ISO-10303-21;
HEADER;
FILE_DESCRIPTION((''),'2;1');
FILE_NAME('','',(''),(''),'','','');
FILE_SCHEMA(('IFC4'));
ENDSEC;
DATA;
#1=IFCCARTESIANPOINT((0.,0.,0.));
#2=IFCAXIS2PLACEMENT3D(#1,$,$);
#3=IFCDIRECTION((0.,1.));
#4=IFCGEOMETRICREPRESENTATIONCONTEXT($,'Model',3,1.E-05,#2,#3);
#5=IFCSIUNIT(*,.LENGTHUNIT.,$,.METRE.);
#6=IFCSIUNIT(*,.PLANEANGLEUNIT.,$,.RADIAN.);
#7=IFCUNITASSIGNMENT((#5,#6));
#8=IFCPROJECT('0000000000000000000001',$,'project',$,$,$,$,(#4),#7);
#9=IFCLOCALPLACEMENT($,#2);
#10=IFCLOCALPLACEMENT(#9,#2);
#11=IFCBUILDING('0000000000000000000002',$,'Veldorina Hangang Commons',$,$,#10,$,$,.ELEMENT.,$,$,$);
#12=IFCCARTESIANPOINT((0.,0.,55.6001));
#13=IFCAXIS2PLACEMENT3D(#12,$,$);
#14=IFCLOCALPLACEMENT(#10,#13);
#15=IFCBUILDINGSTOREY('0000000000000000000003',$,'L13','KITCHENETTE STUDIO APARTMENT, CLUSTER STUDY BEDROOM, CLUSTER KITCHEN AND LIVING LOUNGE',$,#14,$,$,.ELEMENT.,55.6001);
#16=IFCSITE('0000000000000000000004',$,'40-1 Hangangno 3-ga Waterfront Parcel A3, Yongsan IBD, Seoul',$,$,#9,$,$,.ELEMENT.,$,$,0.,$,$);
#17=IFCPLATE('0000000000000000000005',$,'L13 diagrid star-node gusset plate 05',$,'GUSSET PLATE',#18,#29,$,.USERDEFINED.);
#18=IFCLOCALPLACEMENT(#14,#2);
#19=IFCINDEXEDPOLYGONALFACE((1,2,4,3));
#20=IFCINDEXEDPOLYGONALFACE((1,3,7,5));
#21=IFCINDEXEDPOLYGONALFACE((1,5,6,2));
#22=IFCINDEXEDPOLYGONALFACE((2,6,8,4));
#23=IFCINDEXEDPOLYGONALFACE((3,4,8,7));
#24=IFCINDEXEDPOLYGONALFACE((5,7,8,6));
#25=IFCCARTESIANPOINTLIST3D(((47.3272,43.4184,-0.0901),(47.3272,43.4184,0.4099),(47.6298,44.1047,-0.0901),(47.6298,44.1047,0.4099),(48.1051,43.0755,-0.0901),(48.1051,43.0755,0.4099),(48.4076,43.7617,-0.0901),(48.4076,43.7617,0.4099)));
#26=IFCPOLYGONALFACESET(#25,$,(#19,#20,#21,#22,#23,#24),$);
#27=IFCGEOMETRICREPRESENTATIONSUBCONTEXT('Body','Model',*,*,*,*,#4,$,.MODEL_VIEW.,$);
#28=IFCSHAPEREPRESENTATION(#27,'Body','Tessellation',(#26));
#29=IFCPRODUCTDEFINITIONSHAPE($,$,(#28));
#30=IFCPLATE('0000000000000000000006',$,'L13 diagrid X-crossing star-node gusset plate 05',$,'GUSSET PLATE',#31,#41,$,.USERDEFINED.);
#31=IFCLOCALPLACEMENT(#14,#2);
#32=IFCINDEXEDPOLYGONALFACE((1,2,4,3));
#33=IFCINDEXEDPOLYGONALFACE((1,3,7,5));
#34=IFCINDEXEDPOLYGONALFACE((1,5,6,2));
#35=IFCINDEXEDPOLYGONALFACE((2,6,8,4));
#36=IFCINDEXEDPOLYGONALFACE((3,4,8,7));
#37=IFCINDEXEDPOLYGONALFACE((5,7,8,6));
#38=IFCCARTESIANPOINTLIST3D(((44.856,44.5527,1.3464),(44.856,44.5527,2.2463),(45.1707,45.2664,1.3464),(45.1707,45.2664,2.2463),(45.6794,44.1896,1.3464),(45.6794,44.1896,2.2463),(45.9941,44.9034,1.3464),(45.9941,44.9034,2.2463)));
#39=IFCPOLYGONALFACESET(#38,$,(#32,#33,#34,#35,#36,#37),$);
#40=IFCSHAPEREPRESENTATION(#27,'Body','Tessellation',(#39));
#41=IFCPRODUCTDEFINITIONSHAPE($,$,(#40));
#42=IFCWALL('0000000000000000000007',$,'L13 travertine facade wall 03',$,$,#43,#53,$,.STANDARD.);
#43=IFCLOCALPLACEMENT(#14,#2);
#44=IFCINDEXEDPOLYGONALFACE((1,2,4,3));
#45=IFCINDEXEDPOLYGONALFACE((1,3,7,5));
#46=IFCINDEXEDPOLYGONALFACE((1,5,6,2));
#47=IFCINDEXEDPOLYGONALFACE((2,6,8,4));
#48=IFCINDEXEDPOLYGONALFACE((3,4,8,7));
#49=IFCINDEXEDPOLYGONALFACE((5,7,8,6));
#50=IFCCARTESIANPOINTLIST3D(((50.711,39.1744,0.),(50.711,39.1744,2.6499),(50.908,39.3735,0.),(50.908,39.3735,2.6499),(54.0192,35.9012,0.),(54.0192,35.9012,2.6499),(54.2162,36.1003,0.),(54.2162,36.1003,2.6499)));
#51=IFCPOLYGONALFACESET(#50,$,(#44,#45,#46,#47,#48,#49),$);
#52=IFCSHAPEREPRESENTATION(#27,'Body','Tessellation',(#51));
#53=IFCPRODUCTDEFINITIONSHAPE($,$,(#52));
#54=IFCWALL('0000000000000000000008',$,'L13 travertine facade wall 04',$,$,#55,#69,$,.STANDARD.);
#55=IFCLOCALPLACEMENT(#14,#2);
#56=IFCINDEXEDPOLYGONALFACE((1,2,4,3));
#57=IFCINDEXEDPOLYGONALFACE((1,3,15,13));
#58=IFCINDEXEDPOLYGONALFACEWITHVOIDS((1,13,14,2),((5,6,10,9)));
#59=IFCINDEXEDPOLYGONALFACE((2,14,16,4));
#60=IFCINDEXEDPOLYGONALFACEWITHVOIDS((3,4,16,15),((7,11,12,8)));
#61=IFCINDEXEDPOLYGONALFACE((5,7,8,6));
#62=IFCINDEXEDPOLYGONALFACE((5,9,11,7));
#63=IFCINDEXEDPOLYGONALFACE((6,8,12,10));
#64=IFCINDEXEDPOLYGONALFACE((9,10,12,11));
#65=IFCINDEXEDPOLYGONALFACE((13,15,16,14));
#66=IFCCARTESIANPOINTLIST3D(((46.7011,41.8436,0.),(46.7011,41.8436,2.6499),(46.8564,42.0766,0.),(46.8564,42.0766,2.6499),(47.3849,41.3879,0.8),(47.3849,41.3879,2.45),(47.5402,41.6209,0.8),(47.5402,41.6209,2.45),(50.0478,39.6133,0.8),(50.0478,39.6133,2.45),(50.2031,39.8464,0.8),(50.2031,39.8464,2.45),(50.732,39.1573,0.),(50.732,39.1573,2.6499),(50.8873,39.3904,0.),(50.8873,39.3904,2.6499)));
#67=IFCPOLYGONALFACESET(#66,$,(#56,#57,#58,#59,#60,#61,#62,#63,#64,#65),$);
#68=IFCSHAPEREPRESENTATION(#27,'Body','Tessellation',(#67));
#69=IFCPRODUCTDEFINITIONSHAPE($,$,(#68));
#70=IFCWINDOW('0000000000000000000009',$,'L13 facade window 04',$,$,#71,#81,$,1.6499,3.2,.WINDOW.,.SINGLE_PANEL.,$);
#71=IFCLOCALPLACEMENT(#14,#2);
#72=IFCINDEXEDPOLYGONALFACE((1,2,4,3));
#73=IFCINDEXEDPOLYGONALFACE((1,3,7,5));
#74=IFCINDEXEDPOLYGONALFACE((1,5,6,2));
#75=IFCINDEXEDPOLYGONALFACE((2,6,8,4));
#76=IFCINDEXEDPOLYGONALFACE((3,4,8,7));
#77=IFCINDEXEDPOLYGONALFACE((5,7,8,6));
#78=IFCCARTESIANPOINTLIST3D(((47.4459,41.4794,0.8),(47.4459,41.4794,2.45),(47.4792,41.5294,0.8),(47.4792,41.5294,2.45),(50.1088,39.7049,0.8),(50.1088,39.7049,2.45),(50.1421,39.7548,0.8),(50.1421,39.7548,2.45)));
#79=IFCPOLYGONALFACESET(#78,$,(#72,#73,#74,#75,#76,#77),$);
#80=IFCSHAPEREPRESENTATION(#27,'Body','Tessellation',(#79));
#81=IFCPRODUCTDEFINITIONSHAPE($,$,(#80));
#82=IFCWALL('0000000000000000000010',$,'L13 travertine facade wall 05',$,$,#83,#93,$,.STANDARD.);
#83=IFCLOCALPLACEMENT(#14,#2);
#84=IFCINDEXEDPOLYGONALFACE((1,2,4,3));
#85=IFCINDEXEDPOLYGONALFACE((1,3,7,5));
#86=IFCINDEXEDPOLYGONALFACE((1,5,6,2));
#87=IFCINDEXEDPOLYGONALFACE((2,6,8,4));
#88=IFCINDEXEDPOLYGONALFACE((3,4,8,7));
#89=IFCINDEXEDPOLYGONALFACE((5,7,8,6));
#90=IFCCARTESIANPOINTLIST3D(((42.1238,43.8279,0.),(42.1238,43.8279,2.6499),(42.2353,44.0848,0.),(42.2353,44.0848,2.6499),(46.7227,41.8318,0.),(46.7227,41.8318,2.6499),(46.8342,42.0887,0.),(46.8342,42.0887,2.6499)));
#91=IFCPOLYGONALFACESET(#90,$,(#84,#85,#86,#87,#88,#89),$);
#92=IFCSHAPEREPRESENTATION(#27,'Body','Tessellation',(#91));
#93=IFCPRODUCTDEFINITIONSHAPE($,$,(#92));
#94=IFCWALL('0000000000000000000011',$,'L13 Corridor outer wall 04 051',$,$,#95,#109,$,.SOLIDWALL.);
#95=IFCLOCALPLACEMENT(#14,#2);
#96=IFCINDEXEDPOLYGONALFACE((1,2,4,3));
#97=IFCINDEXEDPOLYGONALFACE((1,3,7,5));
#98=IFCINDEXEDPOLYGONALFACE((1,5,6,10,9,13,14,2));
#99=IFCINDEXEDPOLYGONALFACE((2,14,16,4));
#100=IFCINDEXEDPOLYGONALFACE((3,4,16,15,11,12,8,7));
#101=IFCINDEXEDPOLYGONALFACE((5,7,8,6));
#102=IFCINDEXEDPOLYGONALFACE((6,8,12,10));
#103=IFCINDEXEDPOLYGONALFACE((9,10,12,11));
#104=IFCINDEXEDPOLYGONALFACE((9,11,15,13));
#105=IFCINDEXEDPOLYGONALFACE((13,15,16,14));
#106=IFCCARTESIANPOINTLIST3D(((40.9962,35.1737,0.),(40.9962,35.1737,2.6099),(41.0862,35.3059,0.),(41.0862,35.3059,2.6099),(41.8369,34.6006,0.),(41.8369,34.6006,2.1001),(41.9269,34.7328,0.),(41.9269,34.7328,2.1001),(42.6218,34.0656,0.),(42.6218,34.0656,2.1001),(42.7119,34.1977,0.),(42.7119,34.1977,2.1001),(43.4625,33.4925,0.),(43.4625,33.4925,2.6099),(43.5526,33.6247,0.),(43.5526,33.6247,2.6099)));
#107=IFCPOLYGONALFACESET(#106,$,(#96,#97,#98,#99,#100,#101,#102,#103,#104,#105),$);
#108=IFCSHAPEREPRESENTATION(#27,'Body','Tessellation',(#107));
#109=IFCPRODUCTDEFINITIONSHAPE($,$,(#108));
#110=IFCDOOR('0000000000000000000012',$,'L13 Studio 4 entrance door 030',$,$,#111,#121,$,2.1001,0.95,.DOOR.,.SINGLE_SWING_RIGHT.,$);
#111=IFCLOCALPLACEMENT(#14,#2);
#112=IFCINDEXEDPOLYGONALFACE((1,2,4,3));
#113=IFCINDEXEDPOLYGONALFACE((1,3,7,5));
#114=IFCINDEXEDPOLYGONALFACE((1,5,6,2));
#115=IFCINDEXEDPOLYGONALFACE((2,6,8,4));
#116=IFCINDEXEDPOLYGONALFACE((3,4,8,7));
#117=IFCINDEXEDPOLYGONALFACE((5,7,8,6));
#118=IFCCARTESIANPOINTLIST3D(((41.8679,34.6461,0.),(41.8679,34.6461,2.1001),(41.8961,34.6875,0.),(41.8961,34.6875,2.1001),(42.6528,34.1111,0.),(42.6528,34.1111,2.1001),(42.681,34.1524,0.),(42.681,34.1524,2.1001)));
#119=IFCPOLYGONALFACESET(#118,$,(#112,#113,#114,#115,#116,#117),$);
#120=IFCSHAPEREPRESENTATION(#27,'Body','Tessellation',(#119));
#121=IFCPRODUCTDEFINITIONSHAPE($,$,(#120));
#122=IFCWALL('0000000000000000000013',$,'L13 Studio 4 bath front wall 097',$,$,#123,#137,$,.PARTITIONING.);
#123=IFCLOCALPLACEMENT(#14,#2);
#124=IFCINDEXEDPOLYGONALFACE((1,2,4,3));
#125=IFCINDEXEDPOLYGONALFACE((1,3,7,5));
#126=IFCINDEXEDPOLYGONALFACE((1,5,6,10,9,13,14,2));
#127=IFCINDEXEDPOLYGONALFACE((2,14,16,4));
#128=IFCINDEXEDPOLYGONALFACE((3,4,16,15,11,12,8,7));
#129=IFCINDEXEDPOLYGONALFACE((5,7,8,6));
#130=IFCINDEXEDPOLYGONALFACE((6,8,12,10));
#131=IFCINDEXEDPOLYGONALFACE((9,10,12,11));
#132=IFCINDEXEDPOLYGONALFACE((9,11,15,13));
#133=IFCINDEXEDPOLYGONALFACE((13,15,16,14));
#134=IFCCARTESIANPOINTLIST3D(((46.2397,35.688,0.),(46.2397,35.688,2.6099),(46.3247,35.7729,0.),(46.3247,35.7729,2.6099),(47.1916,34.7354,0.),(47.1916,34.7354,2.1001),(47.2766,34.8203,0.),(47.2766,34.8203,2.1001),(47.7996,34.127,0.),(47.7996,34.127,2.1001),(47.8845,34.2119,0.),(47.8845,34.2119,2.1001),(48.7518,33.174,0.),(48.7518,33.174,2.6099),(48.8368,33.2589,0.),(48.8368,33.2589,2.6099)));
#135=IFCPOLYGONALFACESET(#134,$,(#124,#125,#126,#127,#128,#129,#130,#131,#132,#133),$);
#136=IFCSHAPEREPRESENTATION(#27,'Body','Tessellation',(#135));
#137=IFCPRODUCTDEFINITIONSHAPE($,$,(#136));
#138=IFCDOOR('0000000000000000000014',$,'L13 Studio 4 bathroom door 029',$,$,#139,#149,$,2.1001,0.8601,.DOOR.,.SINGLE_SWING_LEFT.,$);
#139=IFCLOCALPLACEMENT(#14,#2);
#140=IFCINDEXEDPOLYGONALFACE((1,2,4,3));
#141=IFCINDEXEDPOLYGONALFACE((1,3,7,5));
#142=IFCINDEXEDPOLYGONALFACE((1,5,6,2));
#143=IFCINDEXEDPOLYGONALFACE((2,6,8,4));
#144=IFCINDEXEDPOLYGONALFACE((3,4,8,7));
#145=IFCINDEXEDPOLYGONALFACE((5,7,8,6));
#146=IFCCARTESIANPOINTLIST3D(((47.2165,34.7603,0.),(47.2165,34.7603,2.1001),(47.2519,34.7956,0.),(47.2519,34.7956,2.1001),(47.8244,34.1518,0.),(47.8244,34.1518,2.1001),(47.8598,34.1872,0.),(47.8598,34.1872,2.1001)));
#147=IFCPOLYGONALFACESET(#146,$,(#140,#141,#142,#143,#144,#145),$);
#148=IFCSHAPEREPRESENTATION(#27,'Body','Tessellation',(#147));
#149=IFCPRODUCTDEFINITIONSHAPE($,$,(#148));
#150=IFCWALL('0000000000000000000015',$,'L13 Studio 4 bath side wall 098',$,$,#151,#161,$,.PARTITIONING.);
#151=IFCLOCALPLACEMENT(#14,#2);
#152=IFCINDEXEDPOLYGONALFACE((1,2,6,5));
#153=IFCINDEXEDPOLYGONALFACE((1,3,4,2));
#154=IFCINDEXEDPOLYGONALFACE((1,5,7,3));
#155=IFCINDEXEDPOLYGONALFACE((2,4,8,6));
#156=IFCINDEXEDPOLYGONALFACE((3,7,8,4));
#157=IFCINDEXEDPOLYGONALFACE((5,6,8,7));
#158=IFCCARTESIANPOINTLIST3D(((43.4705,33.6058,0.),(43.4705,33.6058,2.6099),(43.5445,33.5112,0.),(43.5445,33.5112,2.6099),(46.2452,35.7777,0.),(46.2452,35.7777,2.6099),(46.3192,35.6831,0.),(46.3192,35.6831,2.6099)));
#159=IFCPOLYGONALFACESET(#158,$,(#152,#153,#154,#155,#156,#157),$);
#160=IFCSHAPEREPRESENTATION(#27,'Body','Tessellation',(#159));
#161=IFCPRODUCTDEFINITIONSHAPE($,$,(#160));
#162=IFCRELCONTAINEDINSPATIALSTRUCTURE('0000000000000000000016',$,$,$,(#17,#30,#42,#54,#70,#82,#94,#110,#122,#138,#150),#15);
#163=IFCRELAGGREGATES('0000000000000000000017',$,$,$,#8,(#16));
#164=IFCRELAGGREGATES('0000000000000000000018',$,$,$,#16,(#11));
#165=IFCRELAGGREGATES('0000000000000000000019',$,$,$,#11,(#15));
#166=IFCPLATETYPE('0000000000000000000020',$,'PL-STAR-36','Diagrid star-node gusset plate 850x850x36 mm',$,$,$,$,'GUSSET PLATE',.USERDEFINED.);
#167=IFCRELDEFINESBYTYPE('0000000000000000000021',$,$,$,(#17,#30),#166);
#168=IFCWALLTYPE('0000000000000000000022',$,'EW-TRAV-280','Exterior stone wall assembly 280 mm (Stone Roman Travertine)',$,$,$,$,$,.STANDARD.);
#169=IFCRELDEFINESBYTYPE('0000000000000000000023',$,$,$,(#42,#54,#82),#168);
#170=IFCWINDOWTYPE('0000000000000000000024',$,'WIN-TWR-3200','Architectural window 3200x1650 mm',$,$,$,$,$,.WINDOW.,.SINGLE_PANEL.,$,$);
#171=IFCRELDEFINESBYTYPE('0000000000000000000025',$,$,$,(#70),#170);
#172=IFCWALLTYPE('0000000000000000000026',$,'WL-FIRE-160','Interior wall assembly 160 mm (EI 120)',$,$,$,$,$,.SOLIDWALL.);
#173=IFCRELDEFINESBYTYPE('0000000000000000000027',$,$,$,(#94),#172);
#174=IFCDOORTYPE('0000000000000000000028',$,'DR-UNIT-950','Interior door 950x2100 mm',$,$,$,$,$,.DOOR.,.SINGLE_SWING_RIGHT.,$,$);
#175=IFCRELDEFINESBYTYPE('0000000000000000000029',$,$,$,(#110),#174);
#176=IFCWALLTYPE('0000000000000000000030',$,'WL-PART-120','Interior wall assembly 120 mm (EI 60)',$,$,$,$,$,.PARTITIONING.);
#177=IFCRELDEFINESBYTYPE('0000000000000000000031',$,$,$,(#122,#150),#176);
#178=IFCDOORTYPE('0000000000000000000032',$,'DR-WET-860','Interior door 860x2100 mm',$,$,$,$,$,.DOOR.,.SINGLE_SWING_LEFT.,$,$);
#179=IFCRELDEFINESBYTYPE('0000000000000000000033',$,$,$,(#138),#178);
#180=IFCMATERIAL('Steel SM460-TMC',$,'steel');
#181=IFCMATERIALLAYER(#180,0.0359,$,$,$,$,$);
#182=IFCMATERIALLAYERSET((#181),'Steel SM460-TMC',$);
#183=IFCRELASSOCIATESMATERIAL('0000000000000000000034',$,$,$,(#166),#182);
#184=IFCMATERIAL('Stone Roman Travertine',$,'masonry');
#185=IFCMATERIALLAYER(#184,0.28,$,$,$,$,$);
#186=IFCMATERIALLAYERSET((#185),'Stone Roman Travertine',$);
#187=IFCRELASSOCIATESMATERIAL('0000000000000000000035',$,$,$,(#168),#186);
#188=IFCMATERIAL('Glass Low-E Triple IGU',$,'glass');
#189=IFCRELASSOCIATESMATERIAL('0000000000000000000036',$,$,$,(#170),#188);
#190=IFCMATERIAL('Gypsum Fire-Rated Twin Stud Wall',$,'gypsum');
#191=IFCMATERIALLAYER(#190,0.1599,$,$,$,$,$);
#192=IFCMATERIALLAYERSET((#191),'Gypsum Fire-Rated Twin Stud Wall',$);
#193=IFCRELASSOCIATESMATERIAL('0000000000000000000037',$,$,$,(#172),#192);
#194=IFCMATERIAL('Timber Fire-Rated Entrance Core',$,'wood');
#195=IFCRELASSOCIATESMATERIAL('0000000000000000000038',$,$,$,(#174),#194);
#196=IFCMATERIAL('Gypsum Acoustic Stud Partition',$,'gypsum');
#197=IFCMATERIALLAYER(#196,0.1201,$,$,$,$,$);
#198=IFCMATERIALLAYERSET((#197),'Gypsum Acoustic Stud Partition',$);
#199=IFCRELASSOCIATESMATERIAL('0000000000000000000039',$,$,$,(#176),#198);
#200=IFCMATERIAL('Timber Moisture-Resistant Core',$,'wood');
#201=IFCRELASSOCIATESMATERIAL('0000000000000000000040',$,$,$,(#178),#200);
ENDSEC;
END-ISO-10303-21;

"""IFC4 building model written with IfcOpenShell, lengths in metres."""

from ifc_helpers import new_model, si_unit, direction, frame, frame_2d, origin, origin_2d, place, context, subcontext, project, spatial, rectangle, extrude, material, layer, layer_set, type_object, element, fill, save


model = new_model("IFC4")

# Units and contexts
model_context = context("Model", 3, precision=1e-05, world=origin(), true_north=direction((0.0, 1.0)))
body_context = subcontext(model_context, "Body", "Model", "MODEL_VIEW")
ifc_project = project(units=[si_unit("LENGTHUNIT", "METRE"), si_unit("PLANEANGLEUNIT", "RADIAN")], contexts=[model_context])

# Site, building, storey
site_placement = place(None, origin())
site = spatial("IfcSite", under=ifc_project, at=site_placement, Name="40-1 Hangangno 3-ga Waterfront Parcel A3, Yongsan IBD, Seoul", CompositionType="ELEMENT", RefElevation=0.0)
building_placement = place(site_placement, origin())
building = spatial("IfcBuilding", under=site, at=building_placement, Name="Veldorina Hangang Commons", CompositionType="ELEMENT")
storey_placement = place(building_placement, frame((0.0, 0.0, 55.6001)))
storey = spatial("IfcBuildingStorey", under=building, at=storey_placement, Name="L13", Description="KITCHENETTE STUDIO APARTMENT, CLUSTER STUDY BEDROOM, CLUSTER KITCHEN AND LIVING LOUNGE", CompositionType="ELEMENT", Elevation=55.6001)

# Shared definitions
ifc_material_1 = material(Name="Steel SM460-TMC", Category="steel")

# Plates
ifc_layer_1 = layer(ifc_material_1, 0.0359)
ifc_layer_set_1 = layer_set([ifc_layer_1], Name="Steel SM460-TMC")
plate_type = type_object("IfcPlateType", Name="PL-STAR-36", Description="Diagrid star-node gusset plate 850x850x36 mm", ElementType="GUSSET PLATE", PredefinedType="USERDEFINED", material=ifc_layer_set_1)
for number, where, z_axis, x_axis, name in (
    (1, (47.8674, 43.5901, -0.0901), (0.0, 0.0, 1.0), (-0.915002, 0.403449, 0.0), "L13 diagrid star-node gusset plate 05"),
):
    element("IfcPlate", number, at=place(storey_placement, frame(where, z_axis=z_axis, x_axis=x_axis)), inside=storey, type_object=plate_type, Name=name, ObjectType="GUSSET PLATE", PredefinedType="USERDEFINED", context=body_context, shape_type="SweptSolid", body=[
        extrude(rectangle(XDim=0.8501, YDim=0.75, at=origin_2d()), origin(), (0.0, 0.0, 1.0), 0.5),
    ])
plate_1_placement = place(storey_placement, frame((45.425, 44.728, 1.3464), z_axis=(0.0, 0.0, 1.0), x_axis=(-0.915002, 0.403449, 0.0)))
element("IfcPlate", 2, at=plate_1_placement, inside=storey, type_object=plate_type, Name="L13 diagrid X-crossing star-node gusset plate 05", ObjectType="GUSSET PLATE", PredefinedType="USERDEFINED", context=body_context, shape_type="SweptSolid", body=[
    extrude(rectangle(XDim=0.8999, YDim=0.78, at=origin_2d()), origin(), (0.0, 0.0, 1.0), 0.8999),
])

# Wall
ifc_material_2 = material(Name="Stone Roman Travertine", Category="masonry")
ifc_layer_2 = layer(ifc_material_2, 0.28)
ifc_layer_set_2 = layer_set([ifc_layer_2], Name="Stone Roman Travertine")
wall_type_1 = type_object("IfcWallType", Name="EW-TRAV-280", Description="Exterior stone wall assembly 280 mm (Stone Roman Travertine)", PredefinedType="STANDARD", material=ifc_layer_set_2)
wall_1_placement = place(storey_placement, frame((54.1177, 36.0007, 0.0), z_axis=(0.0, 0.0, 1.0), x_axis=(-0.710848, 0.703346, 0.0)))
element("IfcWall", 3, at=wall_1_placement, inside=storey, type_object=wall_type_1, Name="L13 travertine facade wall 03", PredefinedType="STANDARD", context=body_context, shape_type="SweptSolid", body=[
    extrude(rectangle(XDim=4.6538, YDim=0.28, at=frame_2d((2.3269, 0.0))), origin(), (0.0, 0.0, 1.0), 2.6499),
])

# Wall, opening, window
wall_2_placement = place(storey_placement, frame((50.8096, 39.2739, 0.0), z_axis=(0.0, 0.0, 1.0), x_axis=(-0.832151, 0.554549, 0.0)))
wall_2 = element("IfcWall", 4, at=wall_2_placement, inside=storey, type_object=wall_type_1, Name="L13 travertine facade wall 04", PredefinedType="STANDARD", context=body_context, shape_type="SweptSolid", body=[
    extrude(rectangle(XDim=4.844, YDim=0.28, at=frame_2d((2.4219, 0.0))), origin(), (0.0, 0.0, 1.0), 2.6499),
])
opening_1_placement = place(wall_2_placement, frame((0.822, 0.0, 0.8)))
opening_1 = element("IfcOpeningElement", 5, at=opening_1_placement, cuts=wall_2, PredefinedType="OPENING", context=body_context, shape_type="SweptSolid", body=[
    extrude(rectangle(XDim=3.2, YDim=1.6499, at=frame_2d((1.6001, 0.825))), frame((0.0, 0.1499, 0.0), z_axis=(0.0, -1.0, 0.0), x_axis=(1.0, 0.0, 0.0)), (0.0, 0.0, 1.0), 0.3),
])
ifc_material_3 = material(Name="Glass Low-E Triple IGU", Category="glass")
window_type = type_object("IfcWindowType", Name="WIN-TWR-3200", Description="Architectural window 3200x1650 mm", PartitioningType="SINGLE_PANEL", PredefinedType="WINDOW", material=ifc_material_3)
window_placement = place(opening_1_placement, origin())
window = element("IfcWindow", 6, at=window_placement, inside=storey, type_object=window_type, Name="L13 facade window 04", OverallHeight=1.6499, OverallWidth=3.2, PartitioningType="SINGLE_PANEL", PredefinedType="WINDOW", context=body_context, shape_type="SweptSolid", body=[
    extrude(rectangle(XDim=3.2, YDim=1.6499, at=frame_2d((1.6001, 0.825))), frame((0.0, 0.03, 0.0), z_axis=(0.0, -1.0, 0.0), x_axis=(1.0, 0.0, 0.0)), (0.0, 0.0, 1.0), 0.0601),
])
fill(opening_1, window)

# Wall
wall_3_placement = place(storey_placement, frame((46.7786, 41.9602, 0.0), z_axis=(0.0, 0.0, 1.0), x_axis=(-0.917319, 0.398153, 0.0)))
element("IfcWall", 7, at=wall_3_placement, inside=storey, type_object=wall_type_1, Name="L13 travertine facade wall 05", PredefinedType="STANDARD", context=body_context, shape_type="SweptSolid", body=[
    extrude(rectangle(XDim=5.0134, YDim=0.28, at=frame_2d((2.5068, 0.0))), origin(), (0.0, 0.0, 1.0), 2.6499),
])

# Walls, openings, doors
ifc_material_4 = material(Name="Gypsum Fire-Rated Twin Stud Wall", Category="gypsum")
ifc_layer_3 = layer(ifc_material_4, 0.1599)
ifc_layer_set_3 = layer_set([ifc_layer_3], Name="Gypsum Fire-Rated Twin Stud Wall")
wall_type_2 = type_object("IfcWallType", Name="WL-FIRE-160", Description="Interior wall assembly 160 mm (EI 120)", PredefinedType="SOLIDWALL", material=ifc_layer_set_3)
wall_4_placement = place(storey_placement, frame((43.5076, 33.5586, 0.0), z_axis=(0.0, 0.0, 1.0), x_axis=(-0.826293, 0.56324, 0.0)))
wall_4 = element("IfcWall", 8, at=wall_4_placement, inside=storey, type_object=wall_type_2, Name="L13 Corridor outer wall 04 051", PredefinedType="SOLIDWALL", context=body_context, shape_type="SweptSolid", body=[
    extrude(rectangle(XDim=2.9849, YDim=0.1599, at=frame_2d((1.4924, 0.0))), origin(), (0.0, 0.0, 1.0), 2.6099),
])
opening_2_placement = place(wall_4_placement, frame((1.0173, 0.0, 0.0)))
opening_2 = element("IfcOpeningElement", 9, at=opening_2_placement, cuts=wall_4, PredefinedType="OPENING", context=body_context, shape_type="SweptSolid", body=[
    extrude(rectangle(XDim=0.95, YDim=2.1001, at=frame_2d((0.4751, 1.05))), frame((0.0, 0.0898, 0.0), z_axis=(0.0, -1.0, 0.0), x_axis=(1.0, 0.0, 0.0)), (0.0, 0.0, 1.0), 0.1799),
])
ifc_material_5 = material(Name="Timber Fire-Rated Entrance Core", Category="wood")
door_type_1 = type_object("IfcDoorType", Name="DR-UNIT-950", Description="Interior door 950x2100 mm", OperationType="SINGLE_SWING_RIGHT", PredefinedType="DOOR", material=ifc_material_5)
door_1_placement = place(opening_2_placement, origin())
door_1 = element("IfcDoor", 10, at=door_1_placement, inside=storey, type_object=door_type_1, Name="L13 Studio 4 entrance door 030", OperationType="SINGLE_SWING_RIGHT", OverallHeight=2.1001, OverallWidth=0.95, PredefinedType="DOOR", context=body_context, shape_type="SweptSolid", body=[
    extrude(rectangle(XDim=0.95, YDim=2.1001, at=frame_2d((0.4751, 1.05))), frame((0.0, 0.0249, 0.0), z_axis=(0.0, -1.0, 0.0), x_axis=(1.0, 0.0, 0.0)), (0.0, 0.0, 1.0), 0.05),
])
fill(opening_2, door_1)
ifc_material_6 = material(Name="Gypsum Acoustic Stud Partition", Category="gypsum")
ifc_layer_4 = layer(ifc_material_6, 0.1201)
ifc_layer_set_4 = layer_set([ifc_layer_4], Name="Gypsum Acoustic Stud Partition")
wall_type_3 = type_object("IfcWallType", Name="WL-PART-120", Description="Interior wall assembly 120 mm (EI 60)", PredefinedType="PARTITIONING", material=ifc_layer_set_4)
wall_5_placement = place(storey_placement, frame((48.7942, 33.2166, 0.0), z_axis=(0.0, 0.0, 1.0), x_axis=(-0.706832, 0.707382, 0.0)))
wall_5 = element("IfcWall", 11, at=wall_5_placement, inside=storey, type_object=wall_type_3, Name="L13 Studio 4 bath front wall 097", PredefinedType="PARTITIONING", context=body_context, shape_type="SweptSolid", body=[
    extrude(rectangle(XDim=3.554, YDim=0.1201, at=frame_2d((1.7769, 0.0))), origin(), (0.0, 0.0, 1.0), 2.6099),
])
opening_3_placement = place(wall_5_placement, frame((1.3469, 0.0, 0.0)))
opening_3 = element("IfcOpeningElement", 12, at=opening_3_placement, cuts=wall_5, PredefinedType="OPENING", context=body_context, shape_type="SweptSolid", body=[
    extrude(rectangle(XDim=0.8601, YDim=2.1001, at=frame_2d((0.4302, 1.05))), frame((0.0, 0.0701, 0.0), z_axis=(0.0, -1.0, 0.0), x_axis=(1.0, 0.0, 0.0)), (0.0, 0.0, 1.0), 0.1401),
])
ifc_material_7 = material(Name="Timber Moisture-Resistant Core", Category="wood")
door_type_2 = type_object("IfcDoorType", Name="DR-WET-860", Description="Interior door 860x2100 mm", OperationType="SINGLE_SWING_LEFT", PredefinedType="DOOR", material=ifc_material_7)
door_2_placement = place(opening_3_placement, origin())
door_2 = element("IfcDoor", 13, at=door_2_placement, inside=storey, type_object=door_type_2, Name="L13 Studio 4 bathroom door 029", OperationType="SINGLE_SWING_LEFT", OverallHeight=2.1001, OverallWidth=0.8601, PredefinedType="DOOR", context=body_context, shape_type="SweptSolid", body=[
    extrude(rectangle(XDim=0.8601, YDim=2.1001, at=frame_2d((0.4302, 1.05))), frame((0.0, 0.0249, 0.0), z_axis=(0.0, -1.0, 0.0), x_axis=(1.0, 0.0, 0.0)), (0.0, 0.0, 1.0), 0.05),
])
fill(opening_3, door_2)

# Wall
wall_6_placement = place(storey_placement, frame((43.5076, 33.5586, 0.0), z_axis=(0.0, 0.0, 1.0), x_axis=(0.787449, 0.616379, 0.0)))
element("IfcWall", 14, at=wall_6_placement, inside=storey, type_object=wall_type_3, Name="L13 Studio 4 bath side wall 098", PredefinedType="PARTITIONING", context=body_context, shape_type="SweptSolid", body=[
    extrude(rectangle(XDim=3.5237, YDim=0.1201, at=frame_2d((1.7617, 0.0))), origin(), (0.0, 0.0, 1.0), 2.6099),
])

save(model, "model.ifc")
